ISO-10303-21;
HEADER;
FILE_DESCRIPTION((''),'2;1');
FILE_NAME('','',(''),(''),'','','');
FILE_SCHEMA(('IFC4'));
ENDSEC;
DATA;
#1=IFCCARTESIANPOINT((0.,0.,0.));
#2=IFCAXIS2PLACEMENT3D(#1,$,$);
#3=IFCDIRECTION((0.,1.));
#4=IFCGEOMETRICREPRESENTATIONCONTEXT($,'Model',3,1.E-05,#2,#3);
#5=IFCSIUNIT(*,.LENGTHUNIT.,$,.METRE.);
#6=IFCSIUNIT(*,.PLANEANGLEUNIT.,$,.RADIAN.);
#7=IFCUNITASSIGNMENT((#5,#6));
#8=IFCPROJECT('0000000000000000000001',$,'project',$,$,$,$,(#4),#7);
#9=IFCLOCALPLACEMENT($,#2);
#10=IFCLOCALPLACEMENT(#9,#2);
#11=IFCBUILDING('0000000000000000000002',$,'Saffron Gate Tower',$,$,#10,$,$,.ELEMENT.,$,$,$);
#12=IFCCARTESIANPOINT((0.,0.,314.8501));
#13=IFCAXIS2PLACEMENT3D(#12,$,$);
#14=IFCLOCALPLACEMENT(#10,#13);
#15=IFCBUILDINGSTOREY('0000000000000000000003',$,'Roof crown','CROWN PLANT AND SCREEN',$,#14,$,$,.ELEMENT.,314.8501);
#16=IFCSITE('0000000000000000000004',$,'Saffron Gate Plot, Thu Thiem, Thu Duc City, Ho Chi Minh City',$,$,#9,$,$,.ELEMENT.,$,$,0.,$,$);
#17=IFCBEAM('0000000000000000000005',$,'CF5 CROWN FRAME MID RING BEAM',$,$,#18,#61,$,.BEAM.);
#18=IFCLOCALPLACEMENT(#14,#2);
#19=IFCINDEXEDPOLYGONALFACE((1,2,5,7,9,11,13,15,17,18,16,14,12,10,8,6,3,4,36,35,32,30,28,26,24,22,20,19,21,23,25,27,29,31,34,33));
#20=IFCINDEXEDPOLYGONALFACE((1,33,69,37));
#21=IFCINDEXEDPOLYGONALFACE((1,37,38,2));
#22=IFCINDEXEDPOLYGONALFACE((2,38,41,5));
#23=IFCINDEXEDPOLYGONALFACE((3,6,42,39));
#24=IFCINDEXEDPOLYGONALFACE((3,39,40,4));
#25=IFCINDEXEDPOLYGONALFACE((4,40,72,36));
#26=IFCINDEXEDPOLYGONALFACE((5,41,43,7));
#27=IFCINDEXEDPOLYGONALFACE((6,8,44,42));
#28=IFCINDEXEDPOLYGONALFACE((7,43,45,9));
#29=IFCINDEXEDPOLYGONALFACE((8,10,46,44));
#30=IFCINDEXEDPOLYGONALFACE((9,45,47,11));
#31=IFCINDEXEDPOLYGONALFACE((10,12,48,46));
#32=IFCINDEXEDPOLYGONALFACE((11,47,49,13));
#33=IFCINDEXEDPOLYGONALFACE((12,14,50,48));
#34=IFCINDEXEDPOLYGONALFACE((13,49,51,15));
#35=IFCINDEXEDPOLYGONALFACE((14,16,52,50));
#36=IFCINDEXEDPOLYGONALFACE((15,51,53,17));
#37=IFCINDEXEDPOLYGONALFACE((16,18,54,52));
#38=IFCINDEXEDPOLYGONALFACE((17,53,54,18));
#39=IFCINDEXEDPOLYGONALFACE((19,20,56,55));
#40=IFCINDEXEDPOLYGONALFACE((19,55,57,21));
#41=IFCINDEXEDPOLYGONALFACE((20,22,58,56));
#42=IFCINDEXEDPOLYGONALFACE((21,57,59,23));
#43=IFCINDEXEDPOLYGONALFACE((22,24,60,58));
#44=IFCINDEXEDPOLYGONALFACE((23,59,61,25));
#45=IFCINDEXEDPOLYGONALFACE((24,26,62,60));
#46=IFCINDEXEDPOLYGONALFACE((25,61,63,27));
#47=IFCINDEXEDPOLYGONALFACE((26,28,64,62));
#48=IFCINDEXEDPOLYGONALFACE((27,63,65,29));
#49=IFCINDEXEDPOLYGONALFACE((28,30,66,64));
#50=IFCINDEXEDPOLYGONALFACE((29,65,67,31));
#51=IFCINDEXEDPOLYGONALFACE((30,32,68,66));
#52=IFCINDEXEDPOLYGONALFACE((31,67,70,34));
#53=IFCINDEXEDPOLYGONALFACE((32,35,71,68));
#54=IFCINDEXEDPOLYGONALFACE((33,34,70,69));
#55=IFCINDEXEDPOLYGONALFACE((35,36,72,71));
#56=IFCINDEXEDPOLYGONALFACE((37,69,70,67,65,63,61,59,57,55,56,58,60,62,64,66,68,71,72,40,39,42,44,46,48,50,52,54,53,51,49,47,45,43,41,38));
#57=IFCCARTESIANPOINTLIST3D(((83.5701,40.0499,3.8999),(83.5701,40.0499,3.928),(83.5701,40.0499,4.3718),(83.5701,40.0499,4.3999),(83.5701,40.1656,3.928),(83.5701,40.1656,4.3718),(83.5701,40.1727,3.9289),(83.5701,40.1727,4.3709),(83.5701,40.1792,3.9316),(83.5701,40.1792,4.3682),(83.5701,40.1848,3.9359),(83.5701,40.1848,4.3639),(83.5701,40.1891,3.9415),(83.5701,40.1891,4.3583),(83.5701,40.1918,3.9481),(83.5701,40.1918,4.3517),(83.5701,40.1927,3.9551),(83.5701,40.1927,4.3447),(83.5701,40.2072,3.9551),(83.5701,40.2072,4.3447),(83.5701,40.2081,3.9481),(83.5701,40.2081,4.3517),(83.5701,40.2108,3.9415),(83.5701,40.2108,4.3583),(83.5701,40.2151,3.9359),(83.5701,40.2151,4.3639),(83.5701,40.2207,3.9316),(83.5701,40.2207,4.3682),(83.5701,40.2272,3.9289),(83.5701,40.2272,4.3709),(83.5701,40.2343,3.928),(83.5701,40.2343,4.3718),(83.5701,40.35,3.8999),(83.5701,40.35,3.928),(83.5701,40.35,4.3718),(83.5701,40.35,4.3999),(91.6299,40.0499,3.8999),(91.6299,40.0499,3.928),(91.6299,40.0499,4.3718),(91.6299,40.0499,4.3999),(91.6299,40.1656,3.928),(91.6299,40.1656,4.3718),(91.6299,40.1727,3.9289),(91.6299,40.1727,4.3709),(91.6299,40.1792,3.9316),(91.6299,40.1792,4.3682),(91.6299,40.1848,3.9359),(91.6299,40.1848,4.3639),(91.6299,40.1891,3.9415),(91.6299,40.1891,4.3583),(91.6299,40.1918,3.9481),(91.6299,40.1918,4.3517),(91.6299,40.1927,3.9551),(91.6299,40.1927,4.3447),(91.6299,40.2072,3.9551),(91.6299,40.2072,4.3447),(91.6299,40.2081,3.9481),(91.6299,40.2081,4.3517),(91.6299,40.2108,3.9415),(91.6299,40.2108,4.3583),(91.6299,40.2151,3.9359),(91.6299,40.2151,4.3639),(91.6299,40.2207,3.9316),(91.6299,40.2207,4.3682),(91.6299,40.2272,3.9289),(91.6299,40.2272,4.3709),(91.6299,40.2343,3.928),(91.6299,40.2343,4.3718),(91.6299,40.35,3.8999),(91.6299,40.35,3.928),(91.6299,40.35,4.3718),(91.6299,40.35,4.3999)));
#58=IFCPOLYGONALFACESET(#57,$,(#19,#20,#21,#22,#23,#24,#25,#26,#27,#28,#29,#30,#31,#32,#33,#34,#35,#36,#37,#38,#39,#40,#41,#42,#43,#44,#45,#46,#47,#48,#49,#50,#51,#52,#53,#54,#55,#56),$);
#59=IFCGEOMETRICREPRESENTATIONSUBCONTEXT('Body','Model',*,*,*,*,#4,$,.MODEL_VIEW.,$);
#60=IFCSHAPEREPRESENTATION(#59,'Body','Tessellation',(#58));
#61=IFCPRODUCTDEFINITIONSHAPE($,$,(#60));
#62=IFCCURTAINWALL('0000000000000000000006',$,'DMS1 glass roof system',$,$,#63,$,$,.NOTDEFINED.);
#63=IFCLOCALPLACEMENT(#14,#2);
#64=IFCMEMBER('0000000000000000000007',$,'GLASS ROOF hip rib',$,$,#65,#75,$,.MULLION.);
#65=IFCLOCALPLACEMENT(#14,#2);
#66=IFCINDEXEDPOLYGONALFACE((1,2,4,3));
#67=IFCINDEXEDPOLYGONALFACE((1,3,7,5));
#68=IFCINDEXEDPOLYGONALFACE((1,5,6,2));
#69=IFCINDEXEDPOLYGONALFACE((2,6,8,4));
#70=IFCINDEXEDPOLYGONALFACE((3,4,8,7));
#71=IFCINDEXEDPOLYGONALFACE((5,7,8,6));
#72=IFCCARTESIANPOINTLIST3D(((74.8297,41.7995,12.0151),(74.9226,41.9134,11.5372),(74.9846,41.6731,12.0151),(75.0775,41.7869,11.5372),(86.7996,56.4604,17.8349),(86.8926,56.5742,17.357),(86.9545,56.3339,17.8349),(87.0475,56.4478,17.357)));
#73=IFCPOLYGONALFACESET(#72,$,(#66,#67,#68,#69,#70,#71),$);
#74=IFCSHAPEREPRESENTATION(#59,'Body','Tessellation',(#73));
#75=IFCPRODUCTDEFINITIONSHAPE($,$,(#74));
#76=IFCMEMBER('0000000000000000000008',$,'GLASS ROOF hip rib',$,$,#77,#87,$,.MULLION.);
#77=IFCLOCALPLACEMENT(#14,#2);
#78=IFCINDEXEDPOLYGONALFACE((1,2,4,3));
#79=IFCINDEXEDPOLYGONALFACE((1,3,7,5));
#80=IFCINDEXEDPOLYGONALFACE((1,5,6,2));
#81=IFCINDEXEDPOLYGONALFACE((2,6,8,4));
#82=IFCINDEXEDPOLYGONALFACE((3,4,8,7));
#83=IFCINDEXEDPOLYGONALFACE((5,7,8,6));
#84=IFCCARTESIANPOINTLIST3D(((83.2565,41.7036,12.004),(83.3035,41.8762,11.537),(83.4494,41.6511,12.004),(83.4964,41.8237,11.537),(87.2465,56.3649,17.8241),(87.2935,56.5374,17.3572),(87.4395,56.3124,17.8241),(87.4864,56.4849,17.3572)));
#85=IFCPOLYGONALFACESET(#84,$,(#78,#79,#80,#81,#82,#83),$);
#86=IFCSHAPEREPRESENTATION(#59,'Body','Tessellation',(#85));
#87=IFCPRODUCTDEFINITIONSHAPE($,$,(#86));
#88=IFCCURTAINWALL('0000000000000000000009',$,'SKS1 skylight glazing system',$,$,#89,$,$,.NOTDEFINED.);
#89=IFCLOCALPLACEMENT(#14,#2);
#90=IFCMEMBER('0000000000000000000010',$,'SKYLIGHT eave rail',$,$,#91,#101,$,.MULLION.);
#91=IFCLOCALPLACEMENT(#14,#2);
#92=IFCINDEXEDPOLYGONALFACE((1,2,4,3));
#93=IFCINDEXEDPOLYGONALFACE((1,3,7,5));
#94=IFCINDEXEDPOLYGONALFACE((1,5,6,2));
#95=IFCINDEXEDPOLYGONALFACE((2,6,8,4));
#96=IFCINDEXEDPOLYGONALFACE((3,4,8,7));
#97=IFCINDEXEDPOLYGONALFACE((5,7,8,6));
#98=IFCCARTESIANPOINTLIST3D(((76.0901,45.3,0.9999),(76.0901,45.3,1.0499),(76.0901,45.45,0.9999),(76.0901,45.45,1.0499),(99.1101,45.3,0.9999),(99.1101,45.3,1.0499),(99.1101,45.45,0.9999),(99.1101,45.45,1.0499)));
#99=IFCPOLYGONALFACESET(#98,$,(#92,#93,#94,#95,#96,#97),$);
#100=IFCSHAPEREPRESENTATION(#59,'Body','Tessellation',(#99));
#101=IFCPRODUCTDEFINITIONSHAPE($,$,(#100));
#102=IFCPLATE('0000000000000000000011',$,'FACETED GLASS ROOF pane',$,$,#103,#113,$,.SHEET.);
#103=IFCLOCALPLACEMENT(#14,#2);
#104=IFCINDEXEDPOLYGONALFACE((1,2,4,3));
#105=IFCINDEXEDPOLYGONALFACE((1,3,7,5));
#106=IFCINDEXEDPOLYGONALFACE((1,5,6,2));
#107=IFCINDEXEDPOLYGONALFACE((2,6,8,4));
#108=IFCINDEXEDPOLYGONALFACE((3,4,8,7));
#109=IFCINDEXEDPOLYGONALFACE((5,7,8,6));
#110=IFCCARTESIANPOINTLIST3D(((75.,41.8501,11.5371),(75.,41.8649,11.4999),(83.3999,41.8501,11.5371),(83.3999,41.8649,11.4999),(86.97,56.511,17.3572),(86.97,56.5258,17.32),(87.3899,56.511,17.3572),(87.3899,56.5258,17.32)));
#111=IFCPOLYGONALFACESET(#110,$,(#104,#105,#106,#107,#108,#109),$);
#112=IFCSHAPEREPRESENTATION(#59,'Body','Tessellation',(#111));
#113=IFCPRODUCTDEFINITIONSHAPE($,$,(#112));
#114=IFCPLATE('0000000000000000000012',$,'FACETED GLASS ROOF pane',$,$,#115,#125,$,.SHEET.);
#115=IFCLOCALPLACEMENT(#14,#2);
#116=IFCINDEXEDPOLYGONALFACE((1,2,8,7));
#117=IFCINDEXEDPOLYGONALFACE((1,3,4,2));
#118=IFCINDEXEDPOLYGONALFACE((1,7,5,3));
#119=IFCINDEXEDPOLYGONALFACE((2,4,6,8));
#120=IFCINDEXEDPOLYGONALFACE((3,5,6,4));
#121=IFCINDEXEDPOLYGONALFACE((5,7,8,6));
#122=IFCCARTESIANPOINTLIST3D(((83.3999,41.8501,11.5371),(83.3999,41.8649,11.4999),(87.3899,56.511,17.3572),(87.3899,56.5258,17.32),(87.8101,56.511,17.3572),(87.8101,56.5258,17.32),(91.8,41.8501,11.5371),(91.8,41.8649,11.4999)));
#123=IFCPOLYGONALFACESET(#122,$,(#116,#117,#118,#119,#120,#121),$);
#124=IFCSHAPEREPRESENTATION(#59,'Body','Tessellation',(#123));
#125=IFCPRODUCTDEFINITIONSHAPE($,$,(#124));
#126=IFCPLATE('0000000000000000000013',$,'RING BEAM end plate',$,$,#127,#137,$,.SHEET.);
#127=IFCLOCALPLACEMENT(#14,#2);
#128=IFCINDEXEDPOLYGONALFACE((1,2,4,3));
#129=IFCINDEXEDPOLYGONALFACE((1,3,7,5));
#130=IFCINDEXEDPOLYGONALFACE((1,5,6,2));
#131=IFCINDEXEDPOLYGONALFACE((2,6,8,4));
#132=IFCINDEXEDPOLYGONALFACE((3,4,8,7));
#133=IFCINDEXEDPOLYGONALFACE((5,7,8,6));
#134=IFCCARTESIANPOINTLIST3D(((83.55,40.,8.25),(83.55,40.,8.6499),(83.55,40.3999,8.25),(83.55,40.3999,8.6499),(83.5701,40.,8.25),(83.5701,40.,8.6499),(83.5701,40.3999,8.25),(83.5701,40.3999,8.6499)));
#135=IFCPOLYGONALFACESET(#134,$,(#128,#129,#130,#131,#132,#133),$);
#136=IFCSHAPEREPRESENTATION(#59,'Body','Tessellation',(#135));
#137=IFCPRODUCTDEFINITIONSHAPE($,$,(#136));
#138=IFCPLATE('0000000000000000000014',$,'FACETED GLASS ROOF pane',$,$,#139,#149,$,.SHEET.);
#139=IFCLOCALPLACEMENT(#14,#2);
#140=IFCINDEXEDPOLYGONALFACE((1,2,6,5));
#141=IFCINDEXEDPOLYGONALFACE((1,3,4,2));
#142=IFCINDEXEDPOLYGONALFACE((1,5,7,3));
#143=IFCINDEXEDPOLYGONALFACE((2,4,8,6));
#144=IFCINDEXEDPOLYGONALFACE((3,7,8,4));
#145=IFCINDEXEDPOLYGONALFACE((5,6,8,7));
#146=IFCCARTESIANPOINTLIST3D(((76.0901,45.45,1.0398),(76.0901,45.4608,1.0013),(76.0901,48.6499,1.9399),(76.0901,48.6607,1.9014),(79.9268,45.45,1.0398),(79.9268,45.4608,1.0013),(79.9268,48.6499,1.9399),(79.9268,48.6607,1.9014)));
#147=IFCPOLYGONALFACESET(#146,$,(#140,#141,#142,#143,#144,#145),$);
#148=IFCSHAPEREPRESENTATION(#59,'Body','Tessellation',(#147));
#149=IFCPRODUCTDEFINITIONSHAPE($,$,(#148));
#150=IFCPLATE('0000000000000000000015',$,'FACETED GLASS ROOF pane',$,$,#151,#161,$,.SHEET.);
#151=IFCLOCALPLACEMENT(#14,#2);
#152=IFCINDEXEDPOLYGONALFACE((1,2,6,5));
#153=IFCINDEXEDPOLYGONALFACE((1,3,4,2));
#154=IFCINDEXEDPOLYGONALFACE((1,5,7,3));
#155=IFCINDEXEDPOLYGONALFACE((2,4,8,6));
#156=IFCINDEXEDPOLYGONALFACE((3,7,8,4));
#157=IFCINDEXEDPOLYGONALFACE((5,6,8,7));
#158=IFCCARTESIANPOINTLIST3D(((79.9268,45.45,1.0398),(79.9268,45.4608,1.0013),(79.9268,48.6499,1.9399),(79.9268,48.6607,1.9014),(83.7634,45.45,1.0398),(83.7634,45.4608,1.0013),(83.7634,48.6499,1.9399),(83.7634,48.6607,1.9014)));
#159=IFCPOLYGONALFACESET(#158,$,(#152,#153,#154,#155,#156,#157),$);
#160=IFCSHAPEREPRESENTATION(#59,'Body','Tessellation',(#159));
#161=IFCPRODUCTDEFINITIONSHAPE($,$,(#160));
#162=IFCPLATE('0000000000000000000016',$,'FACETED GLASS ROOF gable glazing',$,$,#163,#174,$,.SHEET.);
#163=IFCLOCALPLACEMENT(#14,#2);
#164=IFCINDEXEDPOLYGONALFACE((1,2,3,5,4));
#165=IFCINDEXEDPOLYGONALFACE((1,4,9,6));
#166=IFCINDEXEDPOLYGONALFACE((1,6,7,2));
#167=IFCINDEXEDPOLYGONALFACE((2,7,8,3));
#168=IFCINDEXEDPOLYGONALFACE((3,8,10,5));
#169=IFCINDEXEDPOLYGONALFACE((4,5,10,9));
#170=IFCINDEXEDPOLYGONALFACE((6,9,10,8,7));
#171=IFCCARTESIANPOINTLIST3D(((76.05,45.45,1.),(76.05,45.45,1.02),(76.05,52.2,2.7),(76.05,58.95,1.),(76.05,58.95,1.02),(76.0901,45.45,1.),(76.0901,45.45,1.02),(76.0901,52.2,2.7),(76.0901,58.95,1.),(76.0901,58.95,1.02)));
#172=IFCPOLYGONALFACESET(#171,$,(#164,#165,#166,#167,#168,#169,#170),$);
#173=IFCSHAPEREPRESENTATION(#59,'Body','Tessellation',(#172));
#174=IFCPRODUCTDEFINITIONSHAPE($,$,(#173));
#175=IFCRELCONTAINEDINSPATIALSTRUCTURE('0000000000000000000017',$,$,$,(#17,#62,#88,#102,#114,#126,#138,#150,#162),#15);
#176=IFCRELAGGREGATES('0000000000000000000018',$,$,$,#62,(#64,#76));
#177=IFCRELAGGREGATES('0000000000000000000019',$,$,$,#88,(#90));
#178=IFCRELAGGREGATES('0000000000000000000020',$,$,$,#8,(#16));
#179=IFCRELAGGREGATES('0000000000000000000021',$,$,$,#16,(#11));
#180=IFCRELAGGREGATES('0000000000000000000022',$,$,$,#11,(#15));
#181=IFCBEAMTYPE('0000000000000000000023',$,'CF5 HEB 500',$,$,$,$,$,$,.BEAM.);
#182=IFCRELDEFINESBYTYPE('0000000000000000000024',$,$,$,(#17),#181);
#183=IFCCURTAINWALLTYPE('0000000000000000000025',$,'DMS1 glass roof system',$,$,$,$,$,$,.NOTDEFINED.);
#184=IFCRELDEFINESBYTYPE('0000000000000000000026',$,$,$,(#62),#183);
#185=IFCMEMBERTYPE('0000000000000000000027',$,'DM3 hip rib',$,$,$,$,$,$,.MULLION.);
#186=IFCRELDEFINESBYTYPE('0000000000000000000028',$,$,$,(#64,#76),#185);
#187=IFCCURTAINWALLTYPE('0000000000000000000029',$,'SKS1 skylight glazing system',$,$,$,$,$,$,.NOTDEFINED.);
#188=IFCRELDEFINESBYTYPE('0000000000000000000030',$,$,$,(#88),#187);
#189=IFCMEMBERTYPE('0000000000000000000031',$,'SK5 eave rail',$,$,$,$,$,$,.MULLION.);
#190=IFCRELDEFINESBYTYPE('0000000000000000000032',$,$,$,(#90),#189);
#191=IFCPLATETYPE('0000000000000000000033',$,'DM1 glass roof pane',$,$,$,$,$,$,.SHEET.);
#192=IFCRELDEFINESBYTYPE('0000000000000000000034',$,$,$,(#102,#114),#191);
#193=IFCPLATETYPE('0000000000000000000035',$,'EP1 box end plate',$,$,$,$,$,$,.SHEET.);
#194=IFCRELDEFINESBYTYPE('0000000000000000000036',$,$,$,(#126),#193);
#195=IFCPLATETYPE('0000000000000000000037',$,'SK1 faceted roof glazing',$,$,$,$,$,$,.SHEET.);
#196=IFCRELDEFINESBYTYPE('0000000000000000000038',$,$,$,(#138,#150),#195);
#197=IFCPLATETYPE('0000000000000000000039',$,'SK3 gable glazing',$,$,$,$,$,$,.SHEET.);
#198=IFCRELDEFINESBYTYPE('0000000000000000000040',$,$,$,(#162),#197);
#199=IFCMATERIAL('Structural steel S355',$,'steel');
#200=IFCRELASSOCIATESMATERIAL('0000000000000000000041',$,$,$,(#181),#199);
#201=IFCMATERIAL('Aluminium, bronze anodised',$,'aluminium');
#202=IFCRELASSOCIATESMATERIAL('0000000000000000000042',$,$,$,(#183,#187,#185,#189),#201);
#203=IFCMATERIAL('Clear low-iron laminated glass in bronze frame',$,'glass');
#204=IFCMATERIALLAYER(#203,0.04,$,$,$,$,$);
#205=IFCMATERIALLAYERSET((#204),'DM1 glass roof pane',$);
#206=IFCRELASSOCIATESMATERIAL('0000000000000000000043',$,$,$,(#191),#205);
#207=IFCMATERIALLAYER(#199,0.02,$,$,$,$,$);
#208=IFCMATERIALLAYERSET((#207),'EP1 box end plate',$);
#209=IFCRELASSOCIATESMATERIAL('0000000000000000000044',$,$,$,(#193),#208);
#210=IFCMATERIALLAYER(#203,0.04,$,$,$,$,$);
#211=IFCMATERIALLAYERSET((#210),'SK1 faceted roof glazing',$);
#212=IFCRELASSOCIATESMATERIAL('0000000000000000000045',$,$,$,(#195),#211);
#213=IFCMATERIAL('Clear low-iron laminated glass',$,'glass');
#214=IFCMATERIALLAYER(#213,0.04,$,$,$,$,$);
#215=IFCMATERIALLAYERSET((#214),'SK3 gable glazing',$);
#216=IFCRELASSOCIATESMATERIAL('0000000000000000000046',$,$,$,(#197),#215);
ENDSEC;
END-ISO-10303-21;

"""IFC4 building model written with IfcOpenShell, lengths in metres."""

from ifc_helpers import new_model, si_unit, direction, frame, origin, origin_2d, place, context, subcontext, project, spatial, polyline, rectangle, i_section, outline, extrude, material, layer, layer_set, material_profile, profile_set, type_object, element, aggregate, save


model = new_model("IFC4")

# Units and contexts
model_context = context("Model", 3, precision=1e-05, world=origin(), true_north=direction((0.0, 1.0)))
body_context = subcontext(model_context, "Body", "Model", "MODEL_VIEW")
ifc_project = project(units=[si_unit("LENGTHUNIT", "METRE"), si_unit("PLANEANGLEUNIT", "RADIAN")], contexts=[model_context])

# Site, building, storey
site_placement = place(None, origin())
site = spatial("IfcSite", under=ifc_project, at=site_placement, Name="Saffron Gate Plot, Thu Thiem, Thu Duc City, Ho Chi Minh City", CompositionType="ELEMENT", RefElevation=0.0)
building_placement = place(site_placement, origin())
building = spatial("IfcBuilding", under=site, at=building_placement, Name="Saffron Gate Tower", CompositionType="ELEMENT")
storey_placement = place(building_placement, frame((0.0, 0.0, 314.8501)))
storey = spatial("IfcBuildingStorey", under=building, at=storey_placement, Name="Roof crown", Description="CROWN PLANT AND SCREEN", CompositionType="ELEMENT", Elevation=314.8501)

# Beam
ifc_material_1 = material(Name="Structural steel S355", Category="steel")
ifc_material_profile_1 = material_profile(ifc_material_1, i_section(OverallWidth=0.3, OverallDepth=0.5, WebThickness=0.0144, FlangeThickness=0.0281, FilletRadius=0.0271, at=origin_2d()))
ifc_profile_set_1 = profile_set([ifc_material_profile_1], Name="Structural steel S355")
beam_type_1 = type_object("IfcBeamType", Name="CF5 HEB 500", PredefinedType="BEAM", material=ifc_profile_set_1)
beam_1_placement = place(storey_placement, frame((83.5701, 40.2, 4.1499), z_axis=(1.0, 0.0, 0.0), x_axis=(0.0, 1.0, 0.0)))
element("IfcBeam", 1, at=beam_1_placement, inside=storey, type_object=beam_type_1, Name="CF5 CROWN FRAME MID RING BEAM", PredefinedType="BEAM", context=body_context, shape_type="SweptSolid", body=[
    extrude(i_section(OverallWidth=0.3, OverallDepth=0.5, WebThickness=0.0144, FlangeThickness=0.0281, FilletRadius=0.0271, at=origin_2d()), origin(), (0.0, 0.0, 1.0), 8.0598),
])

# Curtain wall, members
ifc_material_2 = material(Name="Aluminium, bronze anodised", Category="aluminium")
curtain_wall_type_1 = type_object("IfcCurtainWallType", Name="DMS1 glass roof system", PredefinedType="NOTDEFINED", material=ifc_material_2)
curtain_wall_1_placement = place(storey_placement, origin())
curtain_wall_1 = element("IfcCurtainWall", 2, at=curtain_wall_1_placement, inside=storey, type_object=curtain_wall_type_1, Name="DMS1 glass roof system", PredefinedType="NOTDEFINED")
ifc_material_profile_2 = material_profile(ifc_material_2, rectangle(XDim=0.2, YDim=0.5, at=origin_2d()))
ifc_profile_set_2 = profile_set([ifc_material_profile_2], Name="Aluminium, bronze anodised")
member_type_1 = type_object("IfcMemberType", Name="DM3 hip rib", PredefinedType="MULLION", material=ifc_profile_set_2)
member_1_placement = place(storey_placement, frame((74.9536, 41.7932, 11.7761), z_axis=(0.604504, 0.7404, 0.293911), x_axis=(-0.774612, 0.632437, 0.0)))
member_1 = element("IfcMember", 3, at=member_1_placement, type_object=member_type_1, Name="GLASS ROOF hip rib", PredefinedType="MULLION", context=body_context, shape_type="SweptSolid", body=[
    extrude(rectangle(XDim=0.2, YDim=0.5, at=origin_2d()), origin(), (0.0, 0.0, 1.0), 19.8013),
])
member_2_placement = place(storey_placement, frame((83.3765, 41.7637, 11.7705), z_axis=(0.245223, 0.901065, 0.357698), x_axis=(-0.964906, 0.262597, 0.0)))
member_2 = element("IfcMember", 4, at=member_2_placement, type_object=member_type_1, Name="GLASS ROOF hip rib", PredefinedType="MULLION", context=body_context, shape_type="SweptSolid", body=[
    extrude(rectangle(XDim=0.2, YDim=0.5, at=origin_2d()), origin(), (0.0, 0.0, 1.0), 16.271),
])
aggregate(curtain_wall_1, [member_1, member_2])

# Curtain wall, member
curtain_wall_type_2 = type_object("IfcCurtainWallType", Name="SKS1 skylight glazing system", PredefinedType="NOTDEFINED", material=ifc_material_2)
curtain_wall_2_placement = place(storey_placement, origin())
curtain_wall_2 = element("IfcCurtainWall", 5, at=curtain_wall_2_placement, inside=storey, type_object=curtain_wall_type_2, Name="SKS1 skylight glazing system", PredefinedType="NOTDEFINED")
ifc_material_profile_3 = material_profile(ifc_material_2, rectangle(XDim=0.1499, YDim=0.05, at=origin_2d()))
ifc_profile_set_3 = profile_set([ifc_material_profile_3], Name="Aluminium, bronze anodised")
member_type_2 = type_object("IfcMemberType", Name="SK5 eave rail", PredefinedType="MULLION", material=ifc_profile_set_3)
member_3_placement = place(storey_placement, frame((76.0901, 45.375, 1.0249), z_axis=(1.0, 0.0, 0.0), x_axis=(0.0, 1.0, 0.0)))
member_3 = element("IfcMember", 6, at=member_3_placement, type_object=member_type_2, Name="SKYLIGHT eave rail", PredefinedType="MULLION", context=body_context, shape_type="SweptSolid", body=[
    extrude(rectangle(XDim=0.1499, YDim=0.05, at=origin_2d()), origin(), (0.0, 0.0, 1.0), 23.02),
])
aggregate(curtain_wall_2, [member_3])

# Plates
ifc_material_3 = material(Name="Clear low-iron laminated glass in bronze frame", Category="glass")
ifc_layer_1 = layer(ifc_material_3, 0.04)
ifc_layer_set_1 = layer_set([ifc_layer_1], Name="DM1 glass roof pane")
plate_type_1 = type_object("IfcPlateType", Name="DM1 glass roof pane", PredefinedType="SHEET", material=ifc_layer_set_1)
plate_1_placement = place(storey_placement, frame((75.0, 41.8501, 11.5371), z_axis=(0.0, -0.368969, 0.929442), x_axis=(1.0, 0.0, 0.0)))
element("IfcPlate", 7, at=plate_1_placement, inside=storey, type_object=plate_type_1, Name="FACETED GLASS ROOF pane", PredefinedType="SHEET", context=body_context, shape_type="SweptSolid", body=[
    extrude(outline(polyline([(0.0, 0.0), (8.3999, 0.0), (12.3899, 15.7739), (11.97, 15.7739), (0.0, 0.0)])), origin(), (0.0, 0.0, -1.0), 0.04),
])
plate_2_placement = place(storey_placement, frame((83.3999, 41.8501, 11.5371), z_axis=(0.0, -0.368969, 0.929442), x_axis=(1.0, 0.0, 0.0)))
element("IfcPlate", 8, at=plate_2_placement, inside=storey, type_object=plate_type_1, Name="FACETED GLASS ROOF pane", PredefinedType="SHEET", context=body_context, shape_type="SweptSolid", body=[
    extrude(outline(polyline([(0.0, 0.0), (8.4001, 0.0), (4.4102, 15.7739), (3.99, 15.7739), (0.0, 0.0)])), origin(), (0.0, 0.0, -1.0), 0.04),
])
ifc_layer_2 = layer(ifc_material_1, 0.02)
ifc_layer_set_2 = layer_set([ifc_layer_2], Name="EP1 box end plate")
plate_type_2 = type_object("IfcPlateType", Name="EP1 box end plate", PredefinedType="SHEET", material=ifc_layer_set_2)
plate_3_placement = place(storey_placement, frame((83.5601, 40.2, 8.25), z_axis=(0.0, 0.0, 1.0), x_axis=(1.0, 0.0, 0.0)))
element("IfcPlate", 9, at=plate_3_placement, inside=storey, type_object=plate_type_2, Name="RING BEAM end plate", PredefinedType="SHEET", context=body_context, shape_type="SweptSolid", body=[
    extrude(rectangle(XDim=0.02, YDim=0.3999, at=origin_2d()), origin(), (0.0, 0.0, 1.0), 0.3999),
])
ifc_layer_3 = layer(ifc_material_3, 0.04)
ifc_layer_set_3 = layer_set([ifc_layer_3], Name="SK1 faceted roof glazing")
plate_type_3 = type_object("IfcPlateType", Name="SK1 faceted roof glazing", PredefinedType="SHEET", material=ifc_layer_set_3)
for number, where, z_axis, x_axis, name in (
    (10, (76.0901, 45.45, 1.0398), (0.0, -0.27079, 0.962638), (1.0, 0.0, 0.0), "FACETED GLASS ROOF pane"),
    (11, (79.9268, 45.45, 1.0398), (0.0, -0.27079, 0.962638), (1.0, 0.0, 0.0), "FACETED GLASS ROOF pane"),
):
    element("IfcPlate", number, at=place(storey_placement, frame(where, z_axis=z_axis, x_axis=x_axis)), inside=storey, type_object=plate_type_3, Name=name, PredefinedType="SHEET", context=body_context, shape_type="SweptSolid", body=[
        extrude(outline(polyline([(0.0, 0.0), (3.8367, 0.0), (3.8367, 3.3241), (0.0, 3.3241), (0.0, 0.0)])), origin(), (0.0, 0.0, -1.0), 0.04),
    ])
ifc_material_4 = material(Name="Clear low-iron laminated glass", Category="glass")
ifc_layer_4 = layer(ifc_material_4, 0.04)
ifc_layer_set_4 = layer_set([ifc_layer_4], Name="SK3 gable glazing")
plate_type_4 = type_object("IfcPlateType", Name="SK3 gable glazing", PredefinedType="SHEET", material=ifc_layer_set_4)
plate_4_placement = place(storey_placement, frame((76.0701, 45.45, 1.0), z_axis=(0.0, 0.0, 1.0), x_axis=(0.0, 1.0, 0.0)))
element("IfcPlate", 12, at=plate_4_placement, inside=storey, type_object=plate_type_4, Name="FACETED GLASS ROOF gable glazing", PredefinedType="SHEET", context=body_context, shape_type="SweptSolid", body=[
    extrude(outline(polyline([(0.0, 0.0), (13.5, 0.0), (13.5, 0.02), (6.75, 1.7), (0.0, 0.02), (0.0, 0.0)])), frame((0.0, 0.02, 0.0), z_axis=(0.0, -1.0, 0.0), x_axis=(1.0, 0.0, 0.0)), (0.0, 0.0, 1.0), 0.04),
])

save(model, "model.ifc")
